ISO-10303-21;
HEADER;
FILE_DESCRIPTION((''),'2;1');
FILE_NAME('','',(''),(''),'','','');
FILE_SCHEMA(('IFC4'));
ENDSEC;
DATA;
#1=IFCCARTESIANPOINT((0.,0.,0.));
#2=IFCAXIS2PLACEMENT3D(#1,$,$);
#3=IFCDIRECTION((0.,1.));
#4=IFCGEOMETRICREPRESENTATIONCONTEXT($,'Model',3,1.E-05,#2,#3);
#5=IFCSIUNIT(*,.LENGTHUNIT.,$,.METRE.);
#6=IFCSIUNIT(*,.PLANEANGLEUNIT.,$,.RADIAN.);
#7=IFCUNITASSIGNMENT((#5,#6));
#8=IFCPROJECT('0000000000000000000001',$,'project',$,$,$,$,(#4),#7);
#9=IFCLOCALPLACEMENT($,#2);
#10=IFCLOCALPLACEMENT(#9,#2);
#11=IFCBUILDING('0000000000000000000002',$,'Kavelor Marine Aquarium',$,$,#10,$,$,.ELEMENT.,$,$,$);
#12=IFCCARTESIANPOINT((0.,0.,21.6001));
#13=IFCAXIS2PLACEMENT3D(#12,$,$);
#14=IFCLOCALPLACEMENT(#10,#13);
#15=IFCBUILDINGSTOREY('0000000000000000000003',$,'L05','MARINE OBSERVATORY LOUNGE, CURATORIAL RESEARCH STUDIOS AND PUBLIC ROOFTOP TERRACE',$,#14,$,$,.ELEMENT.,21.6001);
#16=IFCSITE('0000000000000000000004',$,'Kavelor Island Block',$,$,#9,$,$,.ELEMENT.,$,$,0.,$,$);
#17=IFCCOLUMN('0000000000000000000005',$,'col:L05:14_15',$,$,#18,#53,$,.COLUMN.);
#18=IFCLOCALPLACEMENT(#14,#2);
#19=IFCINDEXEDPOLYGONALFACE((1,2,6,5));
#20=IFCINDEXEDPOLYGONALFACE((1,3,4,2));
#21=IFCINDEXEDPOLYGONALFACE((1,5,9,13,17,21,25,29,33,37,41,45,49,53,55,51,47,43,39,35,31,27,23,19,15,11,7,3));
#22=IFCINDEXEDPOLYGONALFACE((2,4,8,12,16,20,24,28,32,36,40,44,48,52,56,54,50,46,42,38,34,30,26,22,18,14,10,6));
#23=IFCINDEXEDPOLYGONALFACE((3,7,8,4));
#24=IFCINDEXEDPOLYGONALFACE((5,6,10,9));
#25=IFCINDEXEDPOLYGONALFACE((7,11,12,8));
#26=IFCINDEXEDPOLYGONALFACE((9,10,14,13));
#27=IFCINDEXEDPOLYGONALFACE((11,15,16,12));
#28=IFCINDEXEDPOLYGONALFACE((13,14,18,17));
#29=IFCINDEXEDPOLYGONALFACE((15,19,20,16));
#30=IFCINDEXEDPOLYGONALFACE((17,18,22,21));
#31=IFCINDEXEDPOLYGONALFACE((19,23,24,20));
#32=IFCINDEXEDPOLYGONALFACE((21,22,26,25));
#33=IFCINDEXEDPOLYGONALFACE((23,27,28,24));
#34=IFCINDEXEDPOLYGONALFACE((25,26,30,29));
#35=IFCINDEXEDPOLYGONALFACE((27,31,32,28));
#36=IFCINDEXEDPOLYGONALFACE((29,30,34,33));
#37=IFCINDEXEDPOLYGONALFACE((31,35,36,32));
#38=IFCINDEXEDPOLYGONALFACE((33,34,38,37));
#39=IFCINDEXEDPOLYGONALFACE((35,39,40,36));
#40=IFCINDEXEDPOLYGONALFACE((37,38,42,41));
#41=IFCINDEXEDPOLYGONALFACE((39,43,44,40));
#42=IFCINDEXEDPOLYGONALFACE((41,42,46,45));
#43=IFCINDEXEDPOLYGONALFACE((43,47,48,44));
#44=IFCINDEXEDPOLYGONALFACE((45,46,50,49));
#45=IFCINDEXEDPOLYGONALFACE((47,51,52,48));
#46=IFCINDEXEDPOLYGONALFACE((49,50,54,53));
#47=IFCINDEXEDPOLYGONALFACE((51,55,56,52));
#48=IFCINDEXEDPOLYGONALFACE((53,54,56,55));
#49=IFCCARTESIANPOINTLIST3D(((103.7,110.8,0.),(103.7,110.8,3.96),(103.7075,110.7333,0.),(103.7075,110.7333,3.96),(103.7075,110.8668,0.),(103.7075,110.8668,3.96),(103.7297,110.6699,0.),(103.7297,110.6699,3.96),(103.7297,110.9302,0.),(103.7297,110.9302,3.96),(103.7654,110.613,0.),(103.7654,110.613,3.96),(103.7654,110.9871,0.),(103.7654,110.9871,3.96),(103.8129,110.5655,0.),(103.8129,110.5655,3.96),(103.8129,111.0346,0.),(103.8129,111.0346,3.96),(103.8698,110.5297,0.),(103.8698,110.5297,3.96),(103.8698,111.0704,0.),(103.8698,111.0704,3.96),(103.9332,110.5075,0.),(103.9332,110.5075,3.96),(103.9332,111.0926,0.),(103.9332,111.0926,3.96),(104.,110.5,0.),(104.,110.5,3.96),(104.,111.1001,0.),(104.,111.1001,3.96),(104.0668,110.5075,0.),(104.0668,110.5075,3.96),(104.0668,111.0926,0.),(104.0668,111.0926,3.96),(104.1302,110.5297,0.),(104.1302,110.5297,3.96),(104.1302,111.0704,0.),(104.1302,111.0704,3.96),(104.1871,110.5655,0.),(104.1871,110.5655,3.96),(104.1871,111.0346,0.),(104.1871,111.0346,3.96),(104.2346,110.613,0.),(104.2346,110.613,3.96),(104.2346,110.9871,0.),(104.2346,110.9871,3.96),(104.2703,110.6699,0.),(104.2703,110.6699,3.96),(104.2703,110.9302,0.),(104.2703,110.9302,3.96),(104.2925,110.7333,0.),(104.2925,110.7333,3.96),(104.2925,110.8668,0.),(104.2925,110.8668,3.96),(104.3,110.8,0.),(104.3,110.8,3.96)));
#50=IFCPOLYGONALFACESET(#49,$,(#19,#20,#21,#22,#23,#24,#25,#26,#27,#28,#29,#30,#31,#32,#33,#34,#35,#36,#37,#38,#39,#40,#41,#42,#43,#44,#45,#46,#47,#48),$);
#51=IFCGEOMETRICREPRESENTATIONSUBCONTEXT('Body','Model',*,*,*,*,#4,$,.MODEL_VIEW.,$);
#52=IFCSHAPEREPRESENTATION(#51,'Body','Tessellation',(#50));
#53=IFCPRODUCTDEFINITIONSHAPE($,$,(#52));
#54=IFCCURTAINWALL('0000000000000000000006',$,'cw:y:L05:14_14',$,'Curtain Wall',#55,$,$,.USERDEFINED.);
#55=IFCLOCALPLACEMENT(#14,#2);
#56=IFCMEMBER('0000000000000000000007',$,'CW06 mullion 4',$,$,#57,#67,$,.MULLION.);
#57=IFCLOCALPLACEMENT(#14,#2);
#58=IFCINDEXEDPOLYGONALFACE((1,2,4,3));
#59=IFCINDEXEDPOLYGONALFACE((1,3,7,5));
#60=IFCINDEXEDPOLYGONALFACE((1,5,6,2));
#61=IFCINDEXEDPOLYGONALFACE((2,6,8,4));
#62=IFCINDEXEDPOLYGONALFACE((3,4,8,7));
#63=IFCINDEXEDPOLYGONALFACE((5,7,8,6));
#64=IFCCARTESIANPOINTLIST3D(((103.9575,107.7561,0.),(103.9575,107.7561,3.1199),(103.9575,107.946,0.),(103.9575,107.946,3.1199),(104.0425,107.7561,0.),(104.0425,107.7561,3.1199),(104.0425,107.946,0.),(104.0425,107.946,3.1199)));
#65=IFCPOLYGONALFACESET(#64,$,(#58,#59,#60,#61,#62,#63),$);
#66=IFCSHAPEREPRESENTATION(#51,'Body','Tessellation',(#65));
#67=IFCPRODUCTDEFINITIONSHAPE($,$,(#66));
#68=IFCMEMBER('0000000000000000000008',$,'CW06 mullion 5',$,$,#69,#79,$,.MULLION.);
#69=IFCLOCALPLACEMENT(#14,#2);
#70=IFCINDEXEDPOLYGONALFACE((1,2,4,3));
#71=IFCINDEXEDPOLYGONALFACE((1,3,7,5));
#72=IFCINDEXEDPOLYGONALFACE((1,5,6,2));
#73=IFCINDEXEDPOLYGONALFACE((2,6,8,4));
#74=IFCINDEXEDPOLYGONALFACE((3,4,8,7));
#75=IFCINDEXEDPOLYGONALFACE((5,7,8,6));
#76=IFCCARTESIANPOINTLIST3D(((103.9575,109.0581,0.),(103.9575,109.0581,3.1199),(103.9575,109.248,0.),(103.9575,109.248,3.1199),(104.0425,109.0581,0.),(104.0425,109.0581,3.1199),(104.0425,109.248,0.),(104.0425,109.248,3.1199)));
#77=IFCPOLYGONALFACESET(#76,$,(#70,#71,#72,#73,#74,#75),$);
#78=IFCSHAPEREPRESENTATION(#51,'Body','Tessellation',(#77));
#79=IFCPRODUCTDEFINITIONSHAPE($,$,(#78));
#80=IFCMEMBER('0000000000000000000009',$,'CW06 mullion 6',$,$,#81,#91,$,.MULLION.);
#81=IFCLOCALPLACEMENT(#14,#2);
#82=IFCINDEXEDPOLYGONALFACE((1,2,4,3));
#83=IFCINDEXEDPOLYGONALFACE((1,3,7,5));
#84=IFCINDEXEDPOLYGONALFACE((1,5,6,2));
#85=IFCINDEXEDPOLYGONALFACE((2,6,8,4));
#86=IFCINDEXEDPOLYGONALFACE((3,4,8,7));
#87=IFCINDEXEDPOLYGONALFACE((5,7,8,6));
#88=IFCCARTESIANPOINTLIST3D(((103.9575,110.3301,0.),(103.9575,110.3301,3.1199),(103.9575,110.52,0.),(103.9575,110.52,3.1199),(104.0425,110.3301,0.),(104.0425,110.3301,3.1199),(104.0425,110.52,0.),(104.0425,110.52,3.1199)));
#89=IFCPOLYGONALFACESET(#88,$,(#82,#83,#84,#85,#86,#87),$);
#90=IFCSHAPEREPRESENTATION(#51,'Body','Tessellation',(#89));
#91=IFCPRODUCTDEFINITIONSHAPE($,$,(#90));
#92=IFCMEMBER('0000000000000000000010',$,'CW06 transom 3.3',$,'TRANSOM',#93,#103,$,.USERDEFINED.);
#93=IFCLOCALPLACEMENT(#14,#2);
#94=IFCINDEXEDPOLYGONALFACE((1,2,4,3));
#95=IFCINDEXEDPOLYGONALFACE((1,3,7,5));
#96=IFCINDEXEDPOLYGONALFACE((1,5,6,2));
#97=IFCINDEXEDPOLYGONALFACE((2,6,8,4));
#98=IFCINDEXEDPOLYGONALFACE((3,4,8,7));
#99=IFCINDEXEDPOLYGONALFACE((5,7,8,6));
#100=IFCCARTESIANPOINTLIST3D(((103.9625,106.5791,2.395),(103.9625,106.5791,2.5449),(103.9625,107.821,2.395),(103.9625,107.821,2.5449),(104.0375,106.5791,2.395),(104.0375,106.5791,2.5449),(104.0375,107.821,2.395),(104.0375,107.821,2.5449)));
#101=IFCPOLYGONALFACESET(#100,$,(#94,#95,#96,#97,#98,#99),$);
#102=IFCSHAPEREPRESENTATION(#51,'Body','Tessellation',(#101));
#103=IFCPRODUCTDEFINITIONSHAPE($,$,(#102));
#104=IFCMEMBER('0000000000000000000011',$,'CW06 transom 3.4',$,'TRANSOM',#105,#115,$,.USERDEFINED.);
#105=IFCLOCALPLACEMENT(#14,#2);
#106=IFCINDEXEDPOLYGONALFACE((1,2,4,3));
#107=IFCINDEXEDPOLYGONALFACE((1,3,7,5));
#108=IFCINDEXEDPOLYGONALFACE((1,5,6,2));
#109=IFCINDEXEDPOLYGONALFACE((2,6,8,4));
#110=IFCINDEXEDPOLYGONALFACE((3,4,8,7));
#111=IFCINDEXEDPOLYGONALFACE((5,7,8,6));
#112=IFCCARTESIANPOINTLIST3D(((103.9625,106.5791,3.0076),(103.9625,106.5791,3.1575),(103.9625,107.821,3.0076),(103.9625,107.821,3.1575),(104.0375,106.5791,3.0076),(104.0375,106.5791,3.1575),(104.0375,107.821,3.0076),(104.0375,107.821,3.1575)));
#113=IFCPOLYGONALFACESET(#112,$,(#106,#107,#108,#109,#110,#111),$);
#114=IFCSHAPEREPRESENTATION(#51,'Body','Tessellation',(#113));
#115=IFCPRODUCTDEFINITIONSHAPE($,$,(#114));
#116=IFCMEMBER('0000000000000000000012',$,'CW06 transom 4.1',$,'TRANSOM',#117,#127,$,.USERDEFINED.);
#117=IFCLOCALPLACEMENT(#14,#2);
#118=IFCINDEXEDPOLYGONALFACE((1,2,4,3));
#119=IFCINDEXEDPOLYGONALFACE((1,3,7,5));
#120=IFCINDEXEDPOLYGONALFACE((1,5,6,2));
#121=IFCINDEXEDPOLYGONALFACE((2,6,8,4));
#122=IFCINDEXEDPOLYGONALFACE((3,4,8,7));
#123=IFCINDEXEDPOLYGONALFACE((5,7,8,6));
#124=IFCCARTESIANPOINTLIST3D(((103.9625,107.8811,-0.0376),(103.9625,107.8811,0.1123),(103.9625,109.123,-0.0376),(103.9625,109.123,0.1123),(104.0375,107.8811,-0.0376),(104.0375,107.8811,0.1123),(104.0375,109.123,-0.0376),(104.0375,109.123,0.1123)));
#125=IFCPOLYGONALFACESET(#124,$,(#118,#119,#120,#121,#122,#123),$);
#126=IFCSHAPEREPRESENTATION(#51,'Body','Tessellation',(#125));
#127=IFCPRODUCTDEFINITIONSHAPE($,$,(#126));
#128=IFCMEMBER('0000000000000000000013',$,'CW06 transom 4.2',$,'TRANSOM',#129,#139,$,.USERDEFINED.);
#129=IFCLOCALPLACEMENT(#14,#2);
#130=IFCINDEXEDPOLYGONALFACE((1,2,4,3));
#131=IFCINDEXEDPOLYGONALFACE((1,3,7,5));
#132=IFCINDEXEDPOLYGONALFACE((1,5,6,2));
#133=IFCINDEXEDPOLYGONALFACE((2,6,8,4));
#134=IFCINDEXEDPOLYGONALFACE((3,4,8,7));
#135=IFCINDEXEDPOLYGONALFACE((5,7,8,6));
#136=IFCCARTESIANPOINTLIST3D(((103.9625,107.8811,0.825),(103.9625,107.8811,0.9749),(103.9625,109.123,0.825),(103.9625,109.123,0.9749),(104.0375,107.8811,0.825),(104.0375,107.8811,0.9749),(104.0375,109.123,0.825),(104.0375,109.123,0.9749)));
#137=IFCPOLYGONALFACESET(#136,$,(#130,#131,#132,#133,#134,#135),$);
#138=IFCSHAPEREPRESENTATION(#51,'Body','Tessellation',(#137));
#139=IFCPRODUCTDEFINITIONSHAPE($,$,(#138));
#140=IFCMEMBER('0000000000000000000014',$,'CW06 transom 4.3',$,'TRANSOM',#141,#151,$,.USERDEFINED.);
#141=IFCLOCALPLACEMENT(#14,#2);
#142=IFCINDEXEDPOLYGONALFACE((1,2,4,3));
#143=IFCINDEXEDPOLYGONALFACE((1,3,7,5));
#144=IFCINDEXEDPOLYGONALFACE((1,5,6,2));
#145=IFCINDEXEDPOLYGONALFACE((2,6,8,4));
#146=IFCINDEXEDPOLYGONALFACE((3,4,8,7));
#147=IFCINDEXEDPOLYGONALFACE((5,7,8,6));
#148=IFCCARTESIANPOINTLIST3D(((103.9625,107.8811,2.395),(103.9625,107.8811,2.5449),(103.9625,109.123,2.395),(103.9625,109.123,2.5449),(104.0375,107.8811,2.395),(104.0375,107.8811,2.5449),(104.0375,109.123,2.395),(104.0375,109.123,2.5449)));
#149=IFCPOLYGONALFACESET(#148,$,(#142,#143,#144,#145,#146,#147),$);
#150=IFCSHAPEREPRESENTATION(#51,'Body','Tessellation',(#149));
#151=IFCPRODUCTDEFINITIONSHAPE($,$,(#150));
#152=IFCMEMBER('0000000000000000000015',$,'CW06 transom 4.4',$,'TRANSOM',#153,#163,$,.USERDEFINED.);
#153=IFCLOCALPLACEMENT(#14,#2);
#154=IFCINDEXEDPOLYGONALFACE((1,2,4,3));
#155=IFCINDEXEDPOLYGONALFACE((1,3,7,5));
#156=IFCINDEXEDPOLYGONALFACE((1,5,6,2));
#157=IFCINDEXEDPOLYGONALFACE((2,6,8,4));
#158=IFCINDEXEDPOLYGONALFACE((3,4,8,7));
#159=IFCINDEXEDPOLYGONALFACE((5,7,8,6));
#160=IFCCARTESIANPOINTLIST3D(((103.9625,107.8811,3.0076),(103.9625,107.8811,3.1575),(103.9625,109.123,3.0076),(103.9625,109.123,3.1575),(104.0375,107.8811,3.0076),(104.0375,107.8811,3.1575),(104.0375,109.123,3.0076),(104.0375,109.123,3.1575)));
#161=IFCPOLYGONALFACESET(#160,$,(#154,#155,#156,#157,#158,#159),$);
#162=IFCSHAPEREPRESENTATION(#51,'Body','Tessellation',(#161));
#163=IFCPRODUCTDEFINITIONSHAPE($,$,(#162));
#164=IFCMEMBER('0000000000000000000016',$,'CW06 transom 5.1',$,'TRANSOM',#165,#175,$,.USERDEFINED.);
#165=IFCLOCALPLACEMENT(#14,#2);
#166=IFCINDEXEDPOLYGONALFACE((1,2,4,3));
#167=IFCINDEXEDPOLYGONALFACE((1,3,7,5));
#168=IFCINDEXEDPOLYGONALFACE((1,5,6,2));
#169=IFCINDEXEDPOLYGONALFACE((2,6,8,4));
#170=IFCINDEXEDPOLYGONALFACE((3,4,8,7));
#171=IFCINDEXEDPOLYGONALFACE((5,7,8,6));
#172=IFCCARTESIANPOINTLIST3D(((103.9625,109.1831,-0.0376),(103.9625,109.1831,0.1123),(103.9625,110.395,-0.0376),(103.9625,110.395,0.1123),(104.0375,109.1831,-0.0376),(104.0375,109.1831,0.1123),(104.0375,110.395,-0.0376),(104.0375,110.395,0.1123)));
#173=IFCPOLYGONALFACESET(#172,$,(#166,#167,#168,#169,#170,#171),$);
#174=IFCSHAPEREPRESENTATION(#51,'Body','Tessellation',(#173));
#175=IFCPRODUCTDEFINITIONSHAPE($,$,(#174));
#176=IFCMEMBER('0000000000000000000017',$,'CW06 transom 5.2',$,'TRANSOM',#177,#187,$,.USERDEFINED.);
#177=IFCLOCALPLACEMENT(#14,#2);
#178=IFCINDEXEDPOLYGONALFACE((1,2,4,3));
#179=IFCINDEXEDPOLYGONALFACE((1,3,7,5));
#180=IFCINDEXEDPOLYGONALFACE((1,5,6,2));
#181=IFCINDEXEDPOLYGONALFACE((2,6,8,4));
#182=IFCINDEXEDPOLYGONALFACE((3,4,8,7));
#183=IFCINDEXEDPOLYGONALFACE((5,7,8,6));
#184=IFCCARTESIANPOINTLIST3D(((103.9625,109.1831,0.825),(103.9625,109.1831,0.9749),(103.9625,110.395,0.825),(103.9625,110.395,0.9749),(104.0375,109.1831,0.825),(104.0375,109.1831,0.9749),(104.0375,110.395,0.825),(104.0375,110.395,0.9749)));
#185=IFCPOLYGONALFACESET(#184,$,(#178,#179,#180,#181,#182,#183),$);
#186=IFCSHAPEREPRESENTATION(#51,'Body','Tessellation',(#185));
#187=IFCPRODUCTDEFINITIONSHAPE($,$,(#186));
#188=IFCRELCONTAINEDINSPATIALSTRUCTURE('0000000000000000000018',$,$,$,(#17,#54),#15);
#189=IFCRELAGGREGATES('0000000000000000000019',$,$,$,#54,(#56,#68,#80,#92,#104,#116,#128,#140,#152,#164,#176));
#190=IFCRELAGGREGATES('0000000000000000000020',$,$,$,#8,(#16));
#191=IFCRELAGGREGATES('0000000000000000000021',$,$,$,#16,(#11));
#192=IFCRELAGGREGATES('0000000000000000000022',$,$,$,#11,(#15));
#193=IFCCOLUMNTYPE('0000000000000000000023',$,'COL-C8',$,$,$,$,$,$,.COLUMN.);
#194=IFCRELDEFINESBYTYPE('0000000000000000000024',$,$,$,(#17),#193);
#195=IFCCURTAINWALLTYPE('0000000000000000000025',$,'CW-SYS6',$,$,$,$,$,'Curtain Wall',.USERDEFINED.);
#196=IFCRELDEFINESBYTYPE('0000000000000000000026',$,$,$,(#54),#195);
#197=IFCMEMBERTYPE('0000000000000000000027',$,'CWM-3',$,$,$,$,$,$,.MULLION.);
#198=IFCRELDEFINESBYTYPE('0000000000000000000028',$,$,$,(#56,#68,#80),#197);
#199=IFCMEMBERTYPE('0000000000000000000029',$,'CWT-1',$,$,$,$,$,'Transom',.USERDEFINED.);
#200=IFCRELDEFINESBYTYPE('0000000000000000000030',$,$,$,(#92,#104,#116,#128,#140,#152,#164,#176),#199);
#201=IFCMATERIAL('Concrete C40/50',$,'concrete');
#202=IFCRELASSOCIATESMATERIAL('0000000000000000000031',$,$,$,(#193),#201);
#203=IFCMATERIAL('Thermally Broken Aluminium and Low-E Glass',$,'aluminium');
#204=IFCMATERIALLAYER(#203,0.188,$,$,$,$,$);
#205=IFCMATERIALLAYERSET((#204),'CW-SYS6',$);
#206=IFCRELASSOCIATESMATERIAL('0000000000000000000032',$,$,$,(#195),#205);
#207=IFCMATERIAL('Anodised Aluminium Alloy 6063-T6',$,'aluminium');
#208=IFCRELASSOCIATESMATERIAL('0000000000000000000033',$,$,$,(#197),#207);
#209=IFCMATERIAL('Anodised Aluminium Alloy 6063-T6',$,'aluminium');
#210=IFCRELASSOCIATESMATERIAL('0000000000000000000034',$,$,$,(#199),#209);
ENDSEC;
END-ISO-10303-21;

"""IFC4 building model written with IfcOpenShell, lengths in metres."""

from ifc_helpers import new_model, si_unit, direction, frame, origin, origin_2d, place, context, subcontext, project, spatial, rectangle, circle, extrude, material, layer, layer_set, material_profile, profile_set, type_object, element, aggregate, save


model = new_model("IFC4")

# Units and contexts
model_context = context("Model", 3, precision=1e-05, world=origin(), true_north=direction((0.0, 1.0)))
body_context = subcontext(model_context, "Body", "Model", "MODEL_VIEW")
ifc_project = project(units=[si_unit("LENGTHUNIT", "METRE"), si_unit("PLANEANGLEUNIT", "RADIAN")], contexts=[model_context])

# Site, building, storey
site_placement = place(None, origin())
site = spatial("IfcSite", under=ifc_project, at=site_placement, Name="Kavelor Island Block", CompositionType="ELEMENT", RefElevation=0.0)
building_placement = place(site_placement, origin())
building = spatial("IfcBuilding", under=site, at=building_placement, Name="Kavelor Marine Aquarium", CompositionType="ELEMENT")
storey_placement = place(building_placement, frame((0.0, 0.0, 21.6001)))
storey = spatial("IfcBuildingStorey", under=building, at=storey_placement, Name="L05", Description="MARINE OBSERVATORY LOUNGE, CURATORIAL RESEARCH STUDIOS AND PUBLIC ROOFTOP TERRACE", CompositionType="ELEMENT", Elevation=21.6001)

# Column
ifc_material_1 = material(Name="Concrete C40/50", Category="concrete")
ifc_material_profile_1 = material_profile(ifc_material_1, circle(Radius=0.3, at=origin_2d()), Name="RC-COL D600")
ifc_profile_set_1 = profile_set([ifc_material_profile_1], Name="Concrete C40/50")
column_type = type_object("IfcColumnType", Name="COL-C8", PredefinedType="COLUMN", material=ifc_profile_set_1)
column_placement = place(storey_placement, frame((104.0, 110.8, 0.0), z_axis=(0.0, 0.0, 1.0), x_axis=(1.0, 0.0, 0.0)))
element("IfcColumn", 1, at=column_placement, inside=storey, type_object=column_type, Name="col:L05:14_15", PredefinedType="COLUMN", context=body_context, shape_type="SweptSolid", body=[
    extrude(circle(Radius=0.3, at=origin_2d()), origin(), (0.0, 0.0, 1.0), 3.96),
])

# Curtain wall, members
ifc_material_2 = material(Name="Thermally Broken Aluminium and Low-E Glass", Category="aluminium")
ifc_layer_1 = layer(ifc_material_2, 0.188)
ifc_layer_set_1 = layer_set([ifc_layer_1], Name="CW-SYS6")
curtain_wall_type = type_object("IfcCurtainWallType", Name="CW-SYS6", ElementType="Curtain Wall", PredefinedType="USERDEFINED", material=ifc_layer_set_1)
curtain_wall_placement = place(storey_placement, origin())
curtain_wall = element("IfcCurtainWall", 2, at=curtain_wall_placement, inside=storey, type_object=curtain_wall_type, Name="cw:y:L05:14_14", ObjectType="Curtain Wall", PredefinedType="USERDEFINED")
ifc_material_3 = material(Name="Anodised Aluminium Alloy 6063-T6", Category="aluminium")
ifc_material_profile_2 = material_profile(ifc_material_3, rectangle(XDim=0.085, YDim=0.1899, at=origin_2d()), Name="CW-MUL 85x190")
ifc_profile_set_2 = profile_set([ifc_material_profile_2], Name="Anodised Aluminium Alloy 6063-T6")
member_type_1 = type_object("IfcMemberType", Name="CWM-3", PredefinedType="MULLION", material=ifc_profile_set_2)
member_1_placement = place(storey_placement, frame((104.0, 107.8511, 0.0), z_axis=(0.0, 0.0, 1.0), x_axis=(-1.0, 0.0, 0.0)))
member_1 = element("IfcMember", 3, at=member_1_placement, type_object=member_type_1, Name="CW06 mullion 4", PredefinedType="MULLION", context=body_context, shape_type="SweptSolid", body=[
    extrude(rectangle(XDim=0.085, YDim=0.1899, at=origin_2d()), origin(), (0.0, 0.0, 1.0), 3.1199),
])
member_2_placement = place(storey_placement, frame((104.0, 109.1531, 0.0), z_axis=(0.0, 0.0, 1.0), x_axis=(-1.0, 0.0, 0.0)))
member_2 = element("IfcMember", 4, at=member_2_placement, type_object=member_type_1, Name="CW06 mullion 5", PredefinedType="MULLION", context=body_context, shape_type="SweptSolid", body=[
    extrude(rectangle(XDim=0.085, YDim=0.1899, at=origin_2d()), origin(), (0.0, 0.0, 1.0), 3.1199),
])
member_3_placement = place(storey_placement, frame((104.0, 110.425, 0.0), z_axis=(0.0, 0.0, 1.0), x_axis=(-1.0, 0.0, 0.0)))
member_3 = element("IfcMember", 5, at=member_3_placement, type_object=member_type_1, Name="CW06 mullion 6", PredefinedType="MULLION", context=body_context, shape_type="SweptSolid", body=[
    extrude(rectangle(XDim=0.085, YDim=0.1899, at=origin_2d()), origin(), (0.0, 0.0, 1.0), 3.1199),
])
ifc_material_4 = material(Name="Anodised Aluminium Alloy 6063-T6", Category="aluminium")
ifc_material_profile_3 = material_profile(ifc_material_4, rectangle(XDim=0.075, YDim=0.1499, at=origin_2d()), Name="CW-TRN 75x150")
ifc_profile_set_3 = profile_set([ifc_material_profile_3], Name="Anodised Aluminium Alloy 6063-T6")
member_type_2 = type_object("IfcMemberType", Name="CWT-1", ElementType="Transom", PredefinedType="USERDEFINED", material=ifc_profile_set_3)
member_4_placement = place(storey_placement, frame((104.0, 106.5791, 2.47), z_axis=(0.0, 1.0, 0.0), x_axis=(-1.0, 0.0, 0.0)))
member_4 = element("IfcMember", 6, at=member_4_placement, type_object=member_type_2, Name="CW06 transom 3.3", ObjectType="TRANSOM", PredefinedType="USERDEFINED", context=body_context, shape_type="SweptSolid", body=[
    extrude(rectangle(XDim=0.075, YDim=0.1499, at=origin_2d()), origin(), (0.0, 0.0, 1.0), 1.2419),
])
member_5_placement = place(storey_placement, frame((104.0, 106.5791, 3.0825), z_axis=(0.0, 1.0, 0.0), x_axis=(-1.0, 0.0, 0.0)))
member_5 = element("IfcMember", 7, at=member_5_placement, type_object=member_type_2, Name="CW06 transom 3.4", ObjectType="TRANSOM", PredefinedType="USERDEFINED", context=body_context, shape_type="SweptSolid", body=[
    extrude(rectangle(XDim=0.075, YDim=0.1499, at=origin_2d()), origin(), (0.0, 0.0, 1.0), 1.2419),
])
member_6_placement = place(storey_placement, frame((104.0, 107.8811, 0.0374), z_axis=(0.0, 1.0, 0.0), x_axis=(-1.0, 0.0, 0.0)))
member_6 = element("IfcMember", 8, at=member_6_placement, type_object=member_type_2, Name="CW06 transom 4.1", ObjectType="TRANSOM", PredefinedType="USERDEFINED", context=body_context, shape_type="SweptSolid", body=[
    extrude(rectangle(XDim=0.075, YDim=0.1499, at=origin_2d()), origin(), (0.0, 0.0, 1.0), 1.2419),
])
member_7_placement = place(storey_placement, frame((104.0, 107.8811, 0.8999), z_axis=(0.0, 1.0, 0.0), x_axis=(-1.0, 0.0, 0.0)))
member_7 = element("IfcMember", 9, at=member_7_placement, type_object=member_type_2, Name="CW06 transom 4.2", ObjectType="TRANSOM", PredefinedType="USERDEFINED", context=body_context, shape_type="SweptSolid", body=[
    extrude(rectangle(XDim=0.075, YDim=0.1499, at=origin_2d()), origin(), (0.0, 0.0, 1.0), 1.2419),
])
member_8_placement = place(storey_placement, frame((104.0, 107.8811, 2.47), z_axis=(0.0, 1.0, 0.0), x_axis=(-1.0, 0.0, 0.0)))
member_8 = element("IfcMember", 10, at=member_8_placement, type_object=member_type_2, Name="CW06 transom 4.3", ObjectType="TRANSOM", PredefinedType="USERDEFINED", context=body_context, shape_type="SweptSolid", body=[
    extrude(rectangle(XDim=0.075, YDim=0.1499, at=origin_2d()), origin(), (0.0, 0.0, 1.0), 1.2419),
])
member_9_placement = place(storey_placement, frame((104.0, 107.8811, 3.0825), z_axis=(0.0, 1.0, 0.0), x_axis=(-1.0, 0.0, 0.0)))
member_9 = element("IfcMember", 11, at=member_9_placement, type_object=member_type_2, Name="CW06 transom 4.4", ObjectType="TRANSOM", PredefinedType="USERDEFINED", context=body_context, shape_type="SweptSolid", body=[
    extrude(rectangle(XDim=0.075, YDim=0.1499, at=origin_2d()), origin(), (0.0, 0.0, 1.0), 1.2419),
])
member_10_placement = place(storey_placement, frame((104.0, 109.1831, 0.0374), z_axis=(0.0, 1.0, 0.0), x_axis=(-1.0, 0.0, 0.0)))
member_10 = element("IfcMember", 12, at=member_10_placement, type_object=member_type_2, Name="CW06 transom 5.1", ObjectType="TRANSOM", PredefinedType="USERDEFINED", context=body_context, shape_type="SweptSolid", body=[
    extrude(rectangle(XDim=0.075, YDim=0.1499, at=origin_2d()), origin(), (0.0, 0.0, 1.0), 1.2119),
])
member_11_placement = place(storey_placement, frame((104.0, 109.1831, 0.8999), z_axis=(0.0, 1.0, 0.0), x_axis=(-1.0, 0.0, 0.0)))
member_11 = element("IfcMember", 13, at=member_11_placement, type_object=member_type_2, Name="CW06 transom 5.2", ObjectType="TRANSOM", PredefinedType="USERDEFINED", context=body_context, shape_type="SweptSolid", body=[
    extrude(rectangle(XDim=0.075, YDim=0.1499, at=origin_2d()), origin(), (0.0, 0.0, 1.0), 1.2119),
])
aggregate(curtain_wall, [member_1, member_2, member_3, member_4, member_5, member_6, member_7, member_8, member_9, member_10, member_11])

save(model, "model.ifc")
